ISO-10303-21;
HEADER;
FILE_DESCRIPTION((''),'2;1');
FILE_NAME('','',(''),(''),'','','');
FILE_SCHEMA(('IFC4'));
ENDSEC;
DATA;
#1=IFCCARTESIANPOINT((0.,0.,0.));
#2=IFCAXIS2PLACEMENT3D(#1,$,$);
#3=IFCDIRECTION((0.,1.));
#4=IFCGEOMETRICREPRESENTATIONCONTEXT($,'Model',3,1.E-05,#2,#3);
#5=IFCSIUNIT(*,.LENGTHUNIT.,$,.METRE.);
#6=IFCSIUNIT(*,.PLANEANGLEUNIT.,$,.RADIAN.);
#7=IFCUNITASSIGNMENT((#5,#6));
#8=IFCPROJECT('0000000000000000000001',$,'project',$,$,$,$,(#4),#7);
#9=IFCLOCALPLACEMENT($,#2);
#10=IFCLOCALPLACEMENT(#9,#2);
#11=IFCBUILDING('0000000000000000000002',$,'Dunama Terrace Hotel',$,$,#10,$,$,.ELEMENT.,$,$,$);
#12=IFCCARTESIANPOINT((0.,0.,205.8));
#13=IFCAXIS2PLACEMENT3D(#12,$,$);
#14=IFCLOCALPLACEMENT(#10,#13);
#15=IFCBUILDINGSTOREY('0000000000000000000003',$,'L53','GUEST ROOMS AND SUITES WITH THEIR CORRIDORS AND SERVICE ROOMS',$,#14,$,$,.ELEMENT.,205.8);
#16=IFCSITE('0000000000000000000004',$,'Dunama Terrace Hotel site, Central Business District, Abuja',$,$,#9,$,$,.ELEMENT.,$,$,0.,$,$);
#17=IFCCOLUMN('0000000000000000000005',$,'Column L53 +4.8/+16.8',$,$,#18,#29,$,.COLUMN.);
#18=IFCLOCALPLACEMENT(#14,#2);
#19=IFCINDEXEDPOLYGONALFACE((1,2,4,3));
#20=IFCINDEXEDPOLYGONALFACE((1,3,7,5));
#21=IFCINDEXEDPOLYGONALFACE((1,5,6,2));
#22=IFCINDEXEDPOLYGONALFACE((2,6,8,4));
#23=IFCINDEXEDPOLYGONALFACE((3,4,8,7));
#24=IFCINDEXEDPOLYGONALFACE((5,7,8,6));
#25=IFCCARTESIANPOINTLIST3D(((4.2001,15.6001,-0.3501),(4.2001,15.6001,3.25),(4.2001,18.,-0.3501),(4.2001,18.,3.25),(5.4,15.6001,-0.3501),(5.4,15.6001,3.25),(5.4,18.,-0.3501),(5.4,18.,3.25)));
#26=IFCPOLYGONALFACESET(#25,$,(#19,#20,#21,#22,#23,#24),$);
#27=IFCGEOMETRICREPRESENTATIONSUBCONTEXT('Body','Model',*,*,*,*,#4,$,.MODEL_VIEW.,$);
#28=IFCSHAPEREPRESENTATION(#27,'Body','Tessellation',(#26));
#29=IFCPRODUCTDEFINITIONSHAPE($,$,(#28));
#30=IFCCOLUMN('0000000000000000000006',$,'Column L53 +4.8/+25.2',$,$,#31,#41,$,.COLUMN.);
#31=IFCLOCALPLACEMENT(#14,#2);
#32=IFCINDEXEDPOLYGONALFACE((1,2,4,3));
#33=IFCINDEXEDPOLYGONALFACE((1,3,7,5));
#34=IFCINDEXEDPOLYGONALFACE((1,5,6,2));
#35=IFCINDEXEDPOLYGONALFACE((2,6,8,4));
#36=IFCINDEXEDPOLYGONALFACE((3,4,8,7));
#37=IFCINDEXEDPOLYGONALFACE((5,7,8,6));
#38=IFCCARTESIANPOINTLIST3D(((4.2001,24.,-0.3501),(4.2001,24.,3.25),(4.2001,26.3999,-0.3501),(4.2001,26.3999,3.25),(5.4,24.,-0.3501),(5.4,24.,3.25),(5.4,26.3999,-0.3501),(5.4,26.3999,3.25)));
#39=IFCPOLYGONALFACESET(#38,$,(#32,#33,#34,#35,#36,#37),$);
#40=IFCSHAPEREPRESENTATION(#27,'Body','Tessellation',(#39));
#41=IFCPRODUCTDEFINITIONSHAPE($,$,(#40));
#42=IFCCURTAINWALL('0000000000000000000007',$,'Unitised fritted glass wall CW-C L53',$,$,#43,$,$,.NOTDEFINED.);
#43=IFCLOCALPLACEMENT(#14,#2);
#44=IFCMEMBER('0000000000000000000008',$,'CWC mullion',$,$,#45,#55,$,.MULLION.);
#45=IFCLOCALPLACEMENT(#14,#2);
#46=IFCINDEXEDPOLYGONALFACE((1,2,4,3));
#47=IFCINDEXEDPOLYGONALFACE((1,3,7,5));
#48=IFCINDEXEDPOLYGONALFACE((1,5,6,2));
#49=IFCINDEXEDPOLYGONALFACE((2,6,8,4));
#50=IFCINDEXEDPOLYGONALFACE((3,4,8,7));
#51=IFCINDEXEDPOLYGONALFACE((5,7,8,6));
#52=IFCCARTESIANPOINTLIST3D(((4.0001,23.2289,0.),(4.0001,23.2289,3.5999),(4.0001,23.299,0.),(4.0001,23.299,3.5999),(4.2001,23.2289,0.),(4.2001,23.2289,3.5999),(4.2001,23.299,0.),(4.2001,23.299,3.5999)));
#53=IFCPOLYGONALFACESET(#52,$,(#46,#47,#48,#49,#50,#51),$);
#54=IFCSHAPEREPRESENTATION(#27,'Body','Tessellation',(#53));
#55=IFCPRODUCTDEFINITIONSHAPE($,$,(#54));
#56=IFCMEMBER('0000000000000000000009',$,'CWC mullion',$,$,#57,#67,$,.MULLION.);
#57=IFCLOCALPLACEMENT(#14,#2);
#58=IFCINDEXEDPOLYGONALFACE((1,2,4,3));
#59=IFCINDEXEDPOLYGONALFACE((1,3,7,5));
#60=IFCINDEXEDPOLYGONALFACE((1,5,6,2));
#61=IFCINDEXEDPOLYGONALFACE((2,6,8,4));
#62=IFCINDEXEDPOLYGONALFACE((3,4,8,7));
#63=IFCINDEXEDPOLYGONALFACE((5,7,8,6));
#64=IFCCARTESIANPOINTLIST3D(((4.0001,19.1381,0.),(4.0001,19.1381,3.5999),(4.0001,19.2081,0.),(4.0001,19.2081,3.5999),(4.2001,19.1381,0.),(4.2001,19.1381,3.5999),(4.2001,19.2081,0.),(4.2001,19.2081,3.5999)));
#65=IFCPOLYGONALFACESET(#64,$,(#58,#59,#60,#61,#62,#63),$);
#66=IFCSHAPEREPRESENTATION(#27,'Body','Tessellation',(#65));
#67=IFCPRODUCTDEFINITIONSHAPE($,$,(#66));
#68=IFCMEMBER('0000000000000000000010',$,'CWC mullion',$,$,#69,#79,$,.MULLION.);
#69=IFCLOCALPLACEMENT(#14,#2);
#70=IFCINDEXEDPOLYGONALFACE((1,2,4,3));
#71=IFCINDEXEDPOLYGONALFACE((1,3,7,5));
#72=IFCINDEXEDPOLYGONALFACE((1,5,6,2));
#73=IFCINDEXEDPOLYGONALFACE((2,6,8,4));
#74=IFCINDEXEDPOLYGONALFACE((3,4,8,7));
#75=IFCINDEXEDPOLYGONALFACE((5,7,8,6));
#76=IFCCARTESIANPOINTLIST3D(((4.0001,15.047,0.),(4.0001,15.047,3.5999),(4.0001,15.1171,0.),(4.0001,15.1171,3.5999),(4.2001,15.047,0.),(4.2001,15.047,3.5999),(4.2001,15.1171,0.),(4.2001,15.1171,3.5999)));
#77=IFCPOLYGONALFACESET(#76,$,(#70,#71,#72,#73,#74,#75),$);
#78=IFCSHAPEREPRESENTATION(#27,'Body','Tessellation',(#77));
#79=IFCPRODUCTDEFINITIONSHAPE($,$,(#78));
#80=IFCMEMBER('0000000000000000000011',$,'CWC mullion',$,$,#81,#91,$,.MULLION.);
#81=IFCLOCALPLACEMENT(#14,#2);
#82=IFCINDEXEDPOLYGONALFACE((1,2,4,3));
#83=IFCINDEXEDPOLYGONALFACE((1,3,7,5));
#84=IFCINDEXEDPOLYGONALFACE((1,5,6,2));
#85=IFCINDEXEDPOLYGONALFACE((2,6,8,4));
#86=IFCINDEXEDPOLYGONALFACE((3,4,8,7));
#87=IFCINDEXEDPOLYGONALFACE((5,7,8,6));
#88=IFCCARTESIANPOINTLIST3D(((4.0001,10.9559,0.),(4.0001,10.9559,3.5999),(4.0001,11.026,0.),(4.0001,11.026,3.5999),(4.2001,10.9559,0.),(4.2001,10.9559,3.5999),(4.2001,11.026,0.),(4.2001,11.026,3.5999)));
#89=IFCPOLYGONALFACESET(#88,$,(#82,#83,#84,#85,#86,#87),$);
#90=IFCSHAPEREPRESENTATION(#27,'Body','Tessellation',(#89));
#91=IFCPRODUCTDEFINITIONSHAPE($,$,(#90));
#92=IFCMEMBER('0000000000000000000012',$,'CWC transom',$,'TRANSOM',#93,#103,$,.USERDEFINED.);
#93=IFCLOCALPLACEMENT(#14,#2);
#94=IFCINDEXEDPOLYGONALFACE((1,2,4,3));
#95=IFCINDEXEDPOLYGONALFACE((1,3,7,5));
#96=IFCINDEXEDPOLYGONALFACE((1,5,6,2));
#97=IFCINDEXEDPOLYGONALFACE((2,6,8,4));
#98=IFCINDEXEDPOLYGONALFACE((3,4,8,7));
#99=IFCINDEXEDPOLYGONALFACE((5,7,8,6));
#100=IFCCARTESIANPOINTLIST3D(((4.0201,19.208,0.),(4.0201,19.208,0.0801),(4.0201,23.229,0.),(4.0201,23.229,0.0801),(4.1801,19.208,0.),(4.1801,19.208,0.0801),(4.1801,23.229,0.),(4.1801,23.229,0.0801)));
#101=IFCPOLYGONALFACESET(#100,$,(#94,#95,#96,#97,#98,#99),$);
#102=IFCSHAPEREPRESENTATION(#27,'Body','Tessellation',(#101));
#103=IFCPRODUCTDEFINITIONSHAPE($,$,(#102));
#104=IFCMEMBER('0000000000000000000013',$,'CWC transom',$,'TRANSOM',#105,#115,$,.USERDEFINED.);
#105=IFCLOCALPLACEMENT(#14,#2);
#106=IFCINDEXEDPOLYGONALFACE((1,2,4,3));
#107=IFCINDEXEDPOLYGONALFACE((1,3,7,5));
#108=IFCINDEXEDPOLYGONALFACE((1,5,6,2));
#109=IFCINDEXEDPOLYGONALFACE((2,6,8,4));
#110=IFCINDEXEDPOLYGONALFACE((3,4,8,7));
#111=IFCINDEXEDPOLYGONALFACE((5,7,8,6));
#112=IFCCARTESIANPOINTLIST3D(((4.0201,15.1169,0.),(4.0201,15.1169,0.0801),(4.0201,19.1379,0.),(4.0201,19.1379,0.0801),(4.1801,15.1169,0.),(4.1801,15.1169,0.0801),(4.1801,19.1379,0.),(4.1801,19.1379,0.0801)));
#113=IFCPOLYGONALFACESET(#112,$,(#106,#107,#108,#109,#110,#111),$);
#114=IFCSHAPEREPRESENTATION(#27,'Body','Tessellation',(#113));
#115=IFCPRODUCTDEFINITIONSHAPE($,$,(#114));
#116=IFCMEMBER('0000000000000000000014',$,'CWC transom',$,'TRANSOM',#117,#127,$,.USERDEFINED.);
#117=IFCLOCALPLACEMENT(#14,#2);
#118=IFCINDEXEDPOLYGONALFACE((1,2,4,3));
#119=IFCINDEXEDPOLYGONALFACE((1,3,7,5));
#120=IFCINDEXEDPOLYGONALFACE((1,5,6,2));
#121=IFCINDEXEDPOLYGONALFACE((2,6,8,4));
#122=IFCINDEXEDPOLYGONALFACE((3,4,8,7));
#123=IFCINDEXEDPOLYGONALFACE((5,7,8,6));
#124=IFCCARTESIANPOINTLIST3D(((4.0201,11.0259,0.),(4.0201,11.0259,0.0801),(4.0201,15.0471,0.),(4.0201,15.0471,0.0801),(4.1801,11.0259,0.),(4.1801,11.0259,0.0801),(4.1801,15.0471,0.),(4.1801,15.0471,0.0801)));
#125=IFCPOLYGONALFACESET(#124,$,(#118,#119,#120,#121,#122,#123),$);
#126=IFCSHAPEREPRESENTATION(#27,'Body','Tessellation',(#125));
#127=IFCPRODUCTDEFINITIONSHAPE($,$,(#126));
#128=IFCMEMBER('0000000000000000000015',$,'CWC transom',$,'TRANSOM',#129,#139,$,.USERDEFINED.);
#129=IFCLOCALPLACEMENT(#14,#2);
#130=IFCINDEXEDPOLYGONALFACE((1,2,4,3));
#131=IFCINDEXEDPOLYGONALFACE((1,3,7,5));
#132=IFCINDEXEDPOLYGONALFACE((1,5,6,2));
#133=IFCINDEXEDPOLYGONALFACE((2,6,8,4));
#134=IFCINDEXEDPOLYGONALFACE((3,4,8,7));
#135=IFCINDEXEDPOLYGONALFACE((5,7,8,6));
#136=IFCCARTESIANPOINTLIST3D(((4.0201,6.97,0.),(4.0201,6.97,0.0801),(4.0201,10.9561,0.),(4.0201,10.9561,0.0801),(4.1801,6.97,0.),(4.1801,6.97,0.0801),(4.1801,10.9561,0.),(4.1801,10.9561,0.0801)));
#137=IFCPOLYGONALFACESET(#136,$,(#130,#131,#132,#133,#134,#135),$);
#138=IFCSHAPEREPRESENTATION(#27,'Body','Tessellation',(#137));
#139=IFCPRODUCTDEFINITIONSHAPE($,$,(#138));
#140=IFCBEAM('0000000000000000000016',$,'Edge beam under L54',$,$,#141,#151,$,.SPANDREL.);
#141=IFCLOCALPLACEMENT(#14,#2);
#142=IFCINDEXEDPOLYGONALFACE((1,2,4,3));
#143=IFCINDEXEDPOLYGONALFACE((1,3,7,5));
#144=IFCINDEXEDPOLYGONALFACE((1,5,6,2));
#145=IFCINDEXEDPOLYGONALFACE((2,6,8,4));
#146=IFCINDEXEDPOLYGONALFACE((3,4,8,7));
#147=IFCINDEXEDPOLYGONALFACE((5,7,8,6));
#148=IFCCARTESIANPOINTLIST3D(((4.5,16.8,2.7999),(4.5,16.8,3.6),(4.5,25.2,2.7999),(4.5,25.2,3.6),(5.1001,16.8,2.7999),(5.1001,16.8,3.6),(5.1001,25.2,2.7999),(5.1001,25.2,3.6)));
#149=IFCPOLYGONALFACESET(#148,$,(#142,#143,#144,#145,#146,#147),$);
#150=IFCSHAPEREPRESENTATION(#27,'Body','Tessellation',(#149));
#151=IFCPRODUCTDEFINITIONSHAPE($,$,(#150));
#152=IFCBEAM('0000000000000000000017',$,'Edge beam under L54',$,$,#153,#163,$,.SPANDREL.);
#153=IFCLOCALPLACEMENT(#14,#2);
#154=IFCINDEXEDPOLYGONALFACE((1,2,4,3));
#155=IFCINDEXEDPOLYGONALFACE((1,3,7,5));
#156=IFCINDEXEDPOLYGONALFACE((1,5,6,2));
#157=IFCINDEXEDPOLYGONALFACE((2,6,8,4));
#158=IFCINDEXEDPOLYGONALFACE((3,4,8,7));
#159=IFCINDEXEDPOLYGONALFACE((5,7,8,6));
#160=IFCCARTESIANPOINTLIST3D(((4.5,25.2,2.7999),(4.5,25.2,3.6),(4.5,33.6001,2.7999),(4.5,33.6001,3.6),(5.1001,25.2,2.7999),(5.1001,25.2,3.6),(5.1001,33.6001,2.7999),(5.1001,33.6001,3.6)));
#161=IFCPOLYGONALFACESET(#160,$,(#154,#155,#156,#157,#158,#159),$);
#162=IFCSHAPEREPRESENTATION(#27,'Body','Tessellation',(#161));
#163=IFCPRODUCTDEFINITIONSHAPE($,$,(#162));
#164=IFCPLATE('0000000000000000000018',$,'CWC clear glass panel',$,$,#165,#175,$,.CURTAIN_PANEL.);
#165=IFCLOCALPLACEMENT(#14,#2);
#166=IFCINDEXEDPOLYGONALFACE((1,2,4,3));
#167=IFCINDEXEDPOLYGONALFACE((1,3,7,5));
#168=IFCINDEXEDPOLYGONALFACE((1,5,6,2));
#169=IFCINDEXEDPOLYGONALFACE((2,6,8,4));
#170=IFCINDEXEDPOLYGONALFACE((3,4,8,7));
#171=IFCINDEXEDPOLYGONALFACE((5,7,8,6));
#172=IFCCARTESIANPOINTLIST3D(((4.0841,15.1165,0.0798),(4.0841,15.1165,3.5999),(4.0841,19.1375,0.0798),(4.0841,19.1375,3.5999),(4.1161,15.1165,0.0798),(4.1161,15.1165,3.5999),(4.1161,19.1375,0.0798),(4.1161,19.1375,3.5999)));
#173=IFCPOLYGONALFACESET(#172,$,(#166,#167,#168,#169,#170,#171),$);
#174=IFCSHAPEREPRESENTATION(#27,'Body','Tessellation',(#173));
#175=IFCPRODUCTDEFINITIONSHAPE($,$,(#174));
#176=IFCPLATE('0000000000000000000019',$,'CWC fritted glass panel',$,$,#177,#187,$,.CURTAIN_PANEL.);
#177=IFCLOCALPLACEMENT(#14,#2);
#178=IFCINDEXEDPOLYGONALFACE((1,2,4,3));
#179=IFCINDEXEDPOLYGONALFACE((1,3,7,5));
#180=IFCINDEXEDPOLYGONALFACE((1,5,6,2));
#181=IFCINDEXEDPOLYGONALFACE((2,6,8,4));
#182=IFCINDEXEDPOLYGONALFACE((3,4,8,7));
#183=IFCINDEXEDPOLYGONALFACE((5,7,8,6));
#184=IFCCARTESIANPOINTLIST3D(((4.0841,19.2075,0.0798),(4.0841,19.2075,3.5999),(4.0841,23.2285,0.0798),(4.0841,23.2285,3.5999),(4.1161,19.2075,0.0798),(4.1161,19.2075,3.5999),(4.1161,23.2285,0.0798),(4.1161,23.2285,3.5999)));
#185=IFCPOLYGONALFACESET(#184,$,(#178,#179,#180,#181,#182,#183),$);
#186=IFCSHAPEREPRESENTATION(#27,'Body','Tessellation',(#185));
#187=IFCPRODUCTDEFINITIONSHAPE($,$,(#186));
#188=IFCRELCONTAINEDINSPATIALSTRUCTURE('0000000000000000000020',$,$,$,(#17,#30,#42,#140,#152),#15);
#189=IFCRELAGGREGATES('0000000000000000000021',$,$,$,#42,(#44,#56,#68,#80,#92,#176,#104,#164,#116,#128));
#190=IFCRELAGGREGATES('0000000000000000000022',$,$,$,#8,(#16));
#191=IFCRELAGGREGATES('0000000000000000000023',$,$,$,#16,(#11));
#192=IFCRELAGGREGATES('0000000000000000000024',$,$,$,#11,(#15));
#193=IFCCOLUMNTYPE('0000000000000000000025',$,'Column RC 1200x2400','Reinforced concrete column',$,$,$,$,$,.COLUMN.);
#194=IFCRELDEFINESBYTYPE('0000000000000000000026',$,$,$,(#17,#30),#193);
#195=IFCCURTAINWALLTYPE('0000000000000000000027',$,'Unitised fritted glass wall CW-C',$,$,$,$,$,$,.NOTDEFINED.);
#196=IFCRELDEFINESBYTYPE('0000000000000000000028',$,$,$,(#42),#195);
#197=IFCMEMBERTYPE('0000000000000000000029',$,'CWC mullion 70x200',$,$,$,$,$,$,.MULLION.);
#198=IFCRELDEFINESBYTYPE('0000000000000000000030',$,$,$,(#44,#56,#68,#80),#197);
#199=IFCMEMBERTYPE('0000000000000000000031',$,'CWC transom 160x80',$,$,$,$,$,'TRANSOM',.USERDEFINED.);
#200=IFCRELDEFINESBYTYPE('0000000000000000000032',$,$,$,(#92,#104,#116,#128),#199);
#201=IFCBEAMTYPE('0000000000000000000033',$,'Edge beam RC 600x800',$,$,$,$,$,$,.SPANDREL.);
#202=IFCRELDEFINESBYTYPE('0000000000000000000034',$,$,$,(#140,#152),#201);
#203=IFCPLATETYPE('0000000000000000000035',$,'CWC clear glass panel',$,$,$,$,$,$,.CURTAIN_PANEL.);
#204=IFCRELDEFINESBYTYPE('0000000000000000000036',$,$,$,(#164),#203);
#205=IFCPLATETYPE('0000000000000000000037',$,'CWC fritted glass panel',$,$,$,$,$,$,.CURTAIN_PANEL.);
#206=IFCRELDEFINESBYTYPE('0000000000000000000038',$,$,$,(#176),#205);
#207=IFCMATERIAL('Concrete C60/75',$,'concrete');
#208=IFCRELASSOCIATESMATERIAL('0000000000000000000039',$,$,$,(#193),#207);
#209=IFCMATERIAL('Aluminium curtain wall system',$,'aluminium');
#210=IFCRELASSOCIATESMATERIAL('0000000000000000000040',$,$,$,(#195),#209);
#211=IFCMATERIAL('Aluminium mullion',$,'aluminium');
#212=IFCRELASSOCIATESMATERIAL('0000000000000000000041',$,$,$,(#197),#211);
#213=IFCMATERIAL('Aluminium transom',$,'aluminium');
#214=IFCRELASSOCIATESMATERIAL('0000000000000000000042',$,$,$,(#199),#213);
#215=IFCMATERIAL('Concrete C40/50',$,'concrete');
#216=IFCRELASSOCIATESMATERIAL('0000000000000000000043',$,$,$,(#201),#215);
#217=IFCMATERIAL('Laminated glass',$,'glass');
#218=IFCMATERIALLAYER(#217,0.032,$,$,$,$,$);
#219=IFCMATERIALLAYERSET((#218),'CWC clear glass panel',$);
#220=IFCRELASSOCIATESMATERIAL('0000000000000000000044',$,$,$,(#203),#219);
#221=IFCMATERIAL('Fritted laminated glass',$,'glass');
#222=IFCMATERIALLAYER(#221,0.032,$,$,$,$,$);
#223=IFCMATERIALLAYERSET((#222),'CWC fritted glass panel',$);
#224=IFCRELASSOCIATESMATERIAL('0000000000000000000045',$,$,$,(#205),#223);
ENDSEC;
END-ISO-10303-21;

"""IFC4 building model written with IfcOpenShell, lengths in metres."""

from ifc_helpers import new_model, si_unit, direction, frame, origin, origin_2d, place, context, subcontext, project, spatial, rectangle, extrude, material, layer, layer_set, material_profile, profile_set, type_object, element, aggregate, save


model = new_model("IFC4")

# Units and contexts
model_context = context("Model", 3, precision=1e-05, world=origin(), true_north=direction((0.0, 1.0)))
body_context = subcontext(model_context, "Body", "Model", "MODEL_VIEW")
ifc_project = project(units=[si_unit("LENGTHUNIT", "METRE"), si_unit("PLANEANGLEUNIT", "RADIAN")], contexts=[model_context])

# Site, building, storey
site_placement = place(None, origin())
site = spatial("IfcSite", under=ifc_project, at=site_placement, Name="Dunama Terrace Hotel site, Central Business District, Abuja", CompositionType="ELEMENT", RefElevation=0.0)
building_placement = place(site_placement, origin())
building = spatial("IfcBuilding", under=site, at=building_placement, Name="Dunama Terrace Hotel", CompositionType="ELEMENT")
storey_placement = place(building_placement, frame((0.0, 0.0, 205.8)))
storey = spatial("IfcBuildingStorey", under=building, at=storey_placement, Name="L53", Description="GUEST ROOMS AND SUITES WITH THEIR CORRIDORS AND SERVICE ROOMS", CompositionType="ELEMENT", Elevation=205.8)

# Columns
ifc_material_1 = material(Name="Concrete C60/75", Category="concrete")
ifc_material_profile_1 = material_profile(ifc_material_1, rectangle(XDim=1.2, YDim=2.3999, at=origin_2d()), Name="RC 1200x2400")
ifc_profile_set_1 = profile_set([ifc_material_profile_1], Name="Concrete C60/75")
column_type = type_object("IfcColumnType", Name="Column RC 1200x2400", Description="Reinforced concrete column", PredefinedType="COLUMN", material=ifc_profile_set_1)
for number, where, z_axis, x_axis, name in (
    (1, (4.8, 16.8, -0.3501), (0.0, 0.0, 1.0), (1.0, 0.0, 0.0), "Column L53 +4.8/+16.8"),
    (2, (4.8, 25.2, -0.3501), (0.0, 0.0, 1.0), (1.0, 0.0, 0.0), "Column L53 +4.8/+25.2"),
):
    element("IfcColumn", number, at=place(storey_placement, frame(where, z_axis=z_axis, x_axis=x_axis)), inside=storey, type_object=column_type, Name=name, PredefinedType="COLUMN", context=body_context, shape_type="SweptSolid", body=[
        extrude(rectangle(XDim=1.2, YDim=2.3999, at=origin_2d()), origin(), (0.0, 0.0, 1.0), 3.6001),
    ])

# Curtain wall, members
ifc_material_2 = material(Name="Aluminium curtain wall system", Category="aluminium")
curtain_wall_type = type_object("IfcCurtainWallType", Name="Unitised fritted glass wall CW-C", PredefinedType="NOTDEFINED", material=ifc_material_2)
curtain_wall_placement = place(storey_placement, origin())
curtain_wall = element("IfcCurtainWall", 3, at=curtain_wall_placement, inside=storey, type_object=curtain_wall_type, Name="Unitised fritted glass wall CW-C L53", PredefinedType="NOTDEFINED")
ifc_material_3 = material(Name="Aluminium mullion", Category="aluminium")
ifc_material_profile_2 = material_profile(ifc_material_3, rectangle(XDim=0.0701, YDim=0.2, at=origin_2d()), Name="CWC MULLION 70X200")
ifc_profile_set_2 = profile_set([ifc_material_profile_2], Name="Aluminium mullion")
member_type_1 = type_object("IfcMemberType", Name="CWC mullion 70x200", PredefinedType="MULLION", material=ifc_profile_set_2)
member_1_placement = place(storey_placement, frame((4.1001, 23.2639, 0.0), z_axis=(0.0, 0.0, 1.0), x_axis=(0.0, -1.0, 0.0)))
member_1 = element("IfcMember", 4, at=member_1_placement, type_object=member_type_1, Name="CWC mullion", PredefinedType="MULLION", context=body_context, shape_type="SweptSolid", body=[
    extrude(rectangle(XDim=0.0701, YDim=0.2, at=origin_2d()), origin(), (0.0, 0.0, 1.0), 3.5999),
])
member_2_placement = place(storey_placement, frame((4.1001, 19.1731, 0.0), z_axis=(0.0, 0.0, 1.0), x_axis=(0.0, -1.0, 0.0)))
member_2 = element("IfcMember", 5, at=member_2_placement, type_object=member_type_1, Name="CWC mullion", PredefinedType="MULLION", context=body_context, shape_type="SweptSolid", body=[
    extrude(rectangle(XDim=0.0701, YDim=0.2, at=origin_2d()), origin(), (0.0, 0.0, 1.0), 3.5999),
])
member_3_placement = place(storey_placement, frame((4.1001, 15.082, 0.0), z_axis=(0.0, 0.0, 1.0), x_axis=(0.0, -1.0, 0.0)))
member_3 = element("IfcMember", 6, at=member_3_placement, type_object=member_type_1, Name="CWC mullion", PredefinedType="MULLION", context=body_context, shape_type="SweptSolid", body=[
    extrude(rectangle(XDim=0.0701, YDim=0.2, at=origin_2d()), origin(), (0.0, 0.0, 1.0), 3.5999),
])
member_4_placement = place(storey_placement, frame((4.1001, 10.991, 0.0), z_axis=(0.0, 0.0, 1.0), x_axis=(0.0, -1.0, 0.0)))
member_4 = element("IfcMember", 7, at=member_4_placement, type_object=member_type_1, Name="CWC mullion", PredefinedType="MULLION", context=body_context, shape_type="SweptSolid", body=[
    extrude(rectangle(XDim=0.0701, YDim=0.2, at=origin_2d()), origin(), (0.0, 0.0, 1.0), 3.5999),
])
ifc_material_4 = material(Name="Aluminium transom", Category="aluminium")
ifc_material_profile_3 = material_profile(ifc_material_4, rectangle(XDim=0.1599, YDim=0.0801, at=origin_2d()), Name="CWC TRANSOM 160X80")
ifc_profile_set_3 = profile_set([ifc_material_profile_3], Name="Aluminium transom")
member_type_2 = type_object("IfcMemberType", Name="CWC transom 160x80", ElementType="TRANSOM", PredefinedType="USERDEFINED", material=ifc_profile_set_3)
member_5_placement = place(storey_placement, frame((4.1001, 23.229, 0.04), z_axis=(0.0, -1.0, 0.0), x_axis=(1.0, 0.0, 0.0)))
member_5 = element("IfcMember", 8, at=member_5_placement, type_object=member_type_2, Name="CWC transom", ObjectType="TRANSOM", PredefinedType="USERDEFINED", context=body_context, shape_type="SweptSolid", body=[
    extrude(rectangle(XDim=0.1599, YDim=0.0801, at=origin_2d()), origin(), (0.0, 0.0, 1.0), 4.021),
])
member_6_placement = place(storey_placement, frame((4.1001, 19.1379, 0.04), z_axis=(0.0, -1.0, 0.0), x_axis=(1.0, 0.0, 0.0)))
member_6 = element("IfcMember", 9, at=member_6_placement, type_object=member_type_2, Name="CWC transom", ObjectType="TRANSOM", PredefinedType="USERDEFINED", context=body_context, shape_type="SweptSolid", body=[
    extrude(rectangle(XDim=0.1599, YDim=0.0801, at=origin_2d()), origin(), (0.0, 0.0, 1.0), 4.021),
])
member_7_placement = place(storey_placement, frame((4.1001, 15.0471, 0.04), z_axis=(0.0, -1.0, 0.0), x_axis=(1.0, 0.0, 0.0)))
member_7 = element("IfcMember", 10, at=member_7_placement, type_object=member_type_2, Name="CWC transom", ObjectType="TRANSOM", PredefinedType="USERDEFINED", context=body_context, shape_type="SweptSolid", body=[
    extrude(rectangle(XDim=0.1599, YDim=0.0801, at=origin_2d()), origin(), (0.0, 0.0, 1.0), 4.0212),
])
member_8_placement = place(storey_placement, frame((4.1001, 10.9561, 0.04), z_axis=(0.0, -1.0, 0.0), x_axis=(1.0, 0.0, 0.0)))
member_8 = element("IfcMember", 11, at=member_8_placement, type_object=member_type_2, Name="CWC transom", ObjectType="TRANSOM", PredefinedType="USERDEFINED", context=body_context, shape_type="SweptSolid", body=[
    extrude(rectangle(XDim=0.1599, YDim=0.0801, at=origin_2d()), origin(), (0.0, 0.0, 1.0), 3.9861),
])

# Beams
ifc_material_5 = material(Name="Concrete C40/50", Category="concrete")
ifc_material_profile_4 = material_profile(ifc_material_5, rectangle(XDim=0.6001, YDim=0.8, at=origin_2d()), Name="RC 600x800")
ifc_profile_set_4 = profile_set([ifc_material_profile_4], Name="Concrete C40/50")
beam_type = type_object("IfcBeamType", Name="Edge beam RC 600x800", PredefinedType="SPANDREL", material=ifc_profile_set_4)
beam_1_placement = place(storey_placement, frame((4.8, 16.8, 3.2), z_axis=(0.0, 1.0, 0.0), x_axis=(-1.0, 0.0, 0.0)))
element("IfcBeam", 12, at=beam_1_placement, inside=storey, type_object=beam_type, Name="Edge beam under L54", PredefinedType="SPANDREL", context=body_context, shape_type="SweptSolid", body=[
    extrude(rectangle(XDim=0.6001, YDim=0.8, at=origin_2d()), origin(), (0.0, 0.0, 1.0), 8.3999),
])
beam_2_placement = place(storey_placement, frame((4.8, 25.2, 3.2), z_axis=(0.0, 1.0, 0.0), x_axis=(-1.0, 0.0, 0.0)))
element("IfcBeam", 13, at=beam_2_placement, inside=storey, type_object=beam_type, Name="Edge beam under L54", PredefinedType="SPANDREL", context=body_context, shape_type="SweptSolid", body=[
    extrude(rectangle(XDim=0.6001, YDim=0.8, at=origin_2d()), origin(), (0.0, 0.0, 1.0), 8.4001),
])

# Plates
ifc_material_6 = material(Name="Laminated glass", Category="glass")
ifc_layer_1 = layer(ifc_material_6, 0.032)
ifc_layer_set_1 = layer_set([ifc_layer_1], Name="CWC clear glass panel")
plate_type_1 = type_object("IfcPlateType", Name="CWC clear glass panel", PredefinedType="CURTAIN_PANEL", material=ifc_layer_set_1)
plate_1_placement = place(storey_placement, frame((4.1001, 17.127, 0.0798), z_axis=(0.0, 0.0, 1.0), x_axis=(0.0, -1.0, 0.0)))
plate_1 = element("IfcPlate", 14, at=plate_1_placement, type_object=plate_type_1, Name="CWC clear glass panel", PredefinedType="CURTAIN_PANEL", context=body_context, shape_type="SweptSolid", body=[
    extrude(rectangle(XDim=4.021, YDim=0.032, at=origin_2d()), origin(), (0.0, 0.0, 1.0), 3.52),
])
ifc_material_7 = material(Name="Fritted laminated glass", Category="glass")
ifc_layer_2 = layer(ifc_material_7, 0.032)
ifc_layer_set_2 = layer_set([ifc_layer_2], Name="CWC fritted glass panel")
plate_type_2 = type_object("IfcPlateType", Name="CWC fritted glass panel", PredefinedType="CURTAIN_PANEL", material=ifc_layer_set_2)
plate_2_placement = place(storey_placement, frame((4.1001, 21.218, 0.0798), z_axis=(0.0, 0.0, 1.0), x_axis=(0.0, -1.0, 0.0)))
plate_2 = element("IfcPlate", 15, at=plate_2_placement, type_object=plate_type_2, Name="CWC fritted glass panel", PredefinedType="CURTAIN_PANEL", context=body_context, shape_type="SweptSolid", body=[
    extrude(rectangle(XDim=4.021, YDim=0.032, at=origin_2d()), origin(), (0.0, 0.0, 1.0), 3.52),
])
aggregate(curtain_wall, [member_1, member_2, member_3, member_4, member_5, plate_2, member_6, plate_1, member_7, member_8])

save(model, "model.ifc")
